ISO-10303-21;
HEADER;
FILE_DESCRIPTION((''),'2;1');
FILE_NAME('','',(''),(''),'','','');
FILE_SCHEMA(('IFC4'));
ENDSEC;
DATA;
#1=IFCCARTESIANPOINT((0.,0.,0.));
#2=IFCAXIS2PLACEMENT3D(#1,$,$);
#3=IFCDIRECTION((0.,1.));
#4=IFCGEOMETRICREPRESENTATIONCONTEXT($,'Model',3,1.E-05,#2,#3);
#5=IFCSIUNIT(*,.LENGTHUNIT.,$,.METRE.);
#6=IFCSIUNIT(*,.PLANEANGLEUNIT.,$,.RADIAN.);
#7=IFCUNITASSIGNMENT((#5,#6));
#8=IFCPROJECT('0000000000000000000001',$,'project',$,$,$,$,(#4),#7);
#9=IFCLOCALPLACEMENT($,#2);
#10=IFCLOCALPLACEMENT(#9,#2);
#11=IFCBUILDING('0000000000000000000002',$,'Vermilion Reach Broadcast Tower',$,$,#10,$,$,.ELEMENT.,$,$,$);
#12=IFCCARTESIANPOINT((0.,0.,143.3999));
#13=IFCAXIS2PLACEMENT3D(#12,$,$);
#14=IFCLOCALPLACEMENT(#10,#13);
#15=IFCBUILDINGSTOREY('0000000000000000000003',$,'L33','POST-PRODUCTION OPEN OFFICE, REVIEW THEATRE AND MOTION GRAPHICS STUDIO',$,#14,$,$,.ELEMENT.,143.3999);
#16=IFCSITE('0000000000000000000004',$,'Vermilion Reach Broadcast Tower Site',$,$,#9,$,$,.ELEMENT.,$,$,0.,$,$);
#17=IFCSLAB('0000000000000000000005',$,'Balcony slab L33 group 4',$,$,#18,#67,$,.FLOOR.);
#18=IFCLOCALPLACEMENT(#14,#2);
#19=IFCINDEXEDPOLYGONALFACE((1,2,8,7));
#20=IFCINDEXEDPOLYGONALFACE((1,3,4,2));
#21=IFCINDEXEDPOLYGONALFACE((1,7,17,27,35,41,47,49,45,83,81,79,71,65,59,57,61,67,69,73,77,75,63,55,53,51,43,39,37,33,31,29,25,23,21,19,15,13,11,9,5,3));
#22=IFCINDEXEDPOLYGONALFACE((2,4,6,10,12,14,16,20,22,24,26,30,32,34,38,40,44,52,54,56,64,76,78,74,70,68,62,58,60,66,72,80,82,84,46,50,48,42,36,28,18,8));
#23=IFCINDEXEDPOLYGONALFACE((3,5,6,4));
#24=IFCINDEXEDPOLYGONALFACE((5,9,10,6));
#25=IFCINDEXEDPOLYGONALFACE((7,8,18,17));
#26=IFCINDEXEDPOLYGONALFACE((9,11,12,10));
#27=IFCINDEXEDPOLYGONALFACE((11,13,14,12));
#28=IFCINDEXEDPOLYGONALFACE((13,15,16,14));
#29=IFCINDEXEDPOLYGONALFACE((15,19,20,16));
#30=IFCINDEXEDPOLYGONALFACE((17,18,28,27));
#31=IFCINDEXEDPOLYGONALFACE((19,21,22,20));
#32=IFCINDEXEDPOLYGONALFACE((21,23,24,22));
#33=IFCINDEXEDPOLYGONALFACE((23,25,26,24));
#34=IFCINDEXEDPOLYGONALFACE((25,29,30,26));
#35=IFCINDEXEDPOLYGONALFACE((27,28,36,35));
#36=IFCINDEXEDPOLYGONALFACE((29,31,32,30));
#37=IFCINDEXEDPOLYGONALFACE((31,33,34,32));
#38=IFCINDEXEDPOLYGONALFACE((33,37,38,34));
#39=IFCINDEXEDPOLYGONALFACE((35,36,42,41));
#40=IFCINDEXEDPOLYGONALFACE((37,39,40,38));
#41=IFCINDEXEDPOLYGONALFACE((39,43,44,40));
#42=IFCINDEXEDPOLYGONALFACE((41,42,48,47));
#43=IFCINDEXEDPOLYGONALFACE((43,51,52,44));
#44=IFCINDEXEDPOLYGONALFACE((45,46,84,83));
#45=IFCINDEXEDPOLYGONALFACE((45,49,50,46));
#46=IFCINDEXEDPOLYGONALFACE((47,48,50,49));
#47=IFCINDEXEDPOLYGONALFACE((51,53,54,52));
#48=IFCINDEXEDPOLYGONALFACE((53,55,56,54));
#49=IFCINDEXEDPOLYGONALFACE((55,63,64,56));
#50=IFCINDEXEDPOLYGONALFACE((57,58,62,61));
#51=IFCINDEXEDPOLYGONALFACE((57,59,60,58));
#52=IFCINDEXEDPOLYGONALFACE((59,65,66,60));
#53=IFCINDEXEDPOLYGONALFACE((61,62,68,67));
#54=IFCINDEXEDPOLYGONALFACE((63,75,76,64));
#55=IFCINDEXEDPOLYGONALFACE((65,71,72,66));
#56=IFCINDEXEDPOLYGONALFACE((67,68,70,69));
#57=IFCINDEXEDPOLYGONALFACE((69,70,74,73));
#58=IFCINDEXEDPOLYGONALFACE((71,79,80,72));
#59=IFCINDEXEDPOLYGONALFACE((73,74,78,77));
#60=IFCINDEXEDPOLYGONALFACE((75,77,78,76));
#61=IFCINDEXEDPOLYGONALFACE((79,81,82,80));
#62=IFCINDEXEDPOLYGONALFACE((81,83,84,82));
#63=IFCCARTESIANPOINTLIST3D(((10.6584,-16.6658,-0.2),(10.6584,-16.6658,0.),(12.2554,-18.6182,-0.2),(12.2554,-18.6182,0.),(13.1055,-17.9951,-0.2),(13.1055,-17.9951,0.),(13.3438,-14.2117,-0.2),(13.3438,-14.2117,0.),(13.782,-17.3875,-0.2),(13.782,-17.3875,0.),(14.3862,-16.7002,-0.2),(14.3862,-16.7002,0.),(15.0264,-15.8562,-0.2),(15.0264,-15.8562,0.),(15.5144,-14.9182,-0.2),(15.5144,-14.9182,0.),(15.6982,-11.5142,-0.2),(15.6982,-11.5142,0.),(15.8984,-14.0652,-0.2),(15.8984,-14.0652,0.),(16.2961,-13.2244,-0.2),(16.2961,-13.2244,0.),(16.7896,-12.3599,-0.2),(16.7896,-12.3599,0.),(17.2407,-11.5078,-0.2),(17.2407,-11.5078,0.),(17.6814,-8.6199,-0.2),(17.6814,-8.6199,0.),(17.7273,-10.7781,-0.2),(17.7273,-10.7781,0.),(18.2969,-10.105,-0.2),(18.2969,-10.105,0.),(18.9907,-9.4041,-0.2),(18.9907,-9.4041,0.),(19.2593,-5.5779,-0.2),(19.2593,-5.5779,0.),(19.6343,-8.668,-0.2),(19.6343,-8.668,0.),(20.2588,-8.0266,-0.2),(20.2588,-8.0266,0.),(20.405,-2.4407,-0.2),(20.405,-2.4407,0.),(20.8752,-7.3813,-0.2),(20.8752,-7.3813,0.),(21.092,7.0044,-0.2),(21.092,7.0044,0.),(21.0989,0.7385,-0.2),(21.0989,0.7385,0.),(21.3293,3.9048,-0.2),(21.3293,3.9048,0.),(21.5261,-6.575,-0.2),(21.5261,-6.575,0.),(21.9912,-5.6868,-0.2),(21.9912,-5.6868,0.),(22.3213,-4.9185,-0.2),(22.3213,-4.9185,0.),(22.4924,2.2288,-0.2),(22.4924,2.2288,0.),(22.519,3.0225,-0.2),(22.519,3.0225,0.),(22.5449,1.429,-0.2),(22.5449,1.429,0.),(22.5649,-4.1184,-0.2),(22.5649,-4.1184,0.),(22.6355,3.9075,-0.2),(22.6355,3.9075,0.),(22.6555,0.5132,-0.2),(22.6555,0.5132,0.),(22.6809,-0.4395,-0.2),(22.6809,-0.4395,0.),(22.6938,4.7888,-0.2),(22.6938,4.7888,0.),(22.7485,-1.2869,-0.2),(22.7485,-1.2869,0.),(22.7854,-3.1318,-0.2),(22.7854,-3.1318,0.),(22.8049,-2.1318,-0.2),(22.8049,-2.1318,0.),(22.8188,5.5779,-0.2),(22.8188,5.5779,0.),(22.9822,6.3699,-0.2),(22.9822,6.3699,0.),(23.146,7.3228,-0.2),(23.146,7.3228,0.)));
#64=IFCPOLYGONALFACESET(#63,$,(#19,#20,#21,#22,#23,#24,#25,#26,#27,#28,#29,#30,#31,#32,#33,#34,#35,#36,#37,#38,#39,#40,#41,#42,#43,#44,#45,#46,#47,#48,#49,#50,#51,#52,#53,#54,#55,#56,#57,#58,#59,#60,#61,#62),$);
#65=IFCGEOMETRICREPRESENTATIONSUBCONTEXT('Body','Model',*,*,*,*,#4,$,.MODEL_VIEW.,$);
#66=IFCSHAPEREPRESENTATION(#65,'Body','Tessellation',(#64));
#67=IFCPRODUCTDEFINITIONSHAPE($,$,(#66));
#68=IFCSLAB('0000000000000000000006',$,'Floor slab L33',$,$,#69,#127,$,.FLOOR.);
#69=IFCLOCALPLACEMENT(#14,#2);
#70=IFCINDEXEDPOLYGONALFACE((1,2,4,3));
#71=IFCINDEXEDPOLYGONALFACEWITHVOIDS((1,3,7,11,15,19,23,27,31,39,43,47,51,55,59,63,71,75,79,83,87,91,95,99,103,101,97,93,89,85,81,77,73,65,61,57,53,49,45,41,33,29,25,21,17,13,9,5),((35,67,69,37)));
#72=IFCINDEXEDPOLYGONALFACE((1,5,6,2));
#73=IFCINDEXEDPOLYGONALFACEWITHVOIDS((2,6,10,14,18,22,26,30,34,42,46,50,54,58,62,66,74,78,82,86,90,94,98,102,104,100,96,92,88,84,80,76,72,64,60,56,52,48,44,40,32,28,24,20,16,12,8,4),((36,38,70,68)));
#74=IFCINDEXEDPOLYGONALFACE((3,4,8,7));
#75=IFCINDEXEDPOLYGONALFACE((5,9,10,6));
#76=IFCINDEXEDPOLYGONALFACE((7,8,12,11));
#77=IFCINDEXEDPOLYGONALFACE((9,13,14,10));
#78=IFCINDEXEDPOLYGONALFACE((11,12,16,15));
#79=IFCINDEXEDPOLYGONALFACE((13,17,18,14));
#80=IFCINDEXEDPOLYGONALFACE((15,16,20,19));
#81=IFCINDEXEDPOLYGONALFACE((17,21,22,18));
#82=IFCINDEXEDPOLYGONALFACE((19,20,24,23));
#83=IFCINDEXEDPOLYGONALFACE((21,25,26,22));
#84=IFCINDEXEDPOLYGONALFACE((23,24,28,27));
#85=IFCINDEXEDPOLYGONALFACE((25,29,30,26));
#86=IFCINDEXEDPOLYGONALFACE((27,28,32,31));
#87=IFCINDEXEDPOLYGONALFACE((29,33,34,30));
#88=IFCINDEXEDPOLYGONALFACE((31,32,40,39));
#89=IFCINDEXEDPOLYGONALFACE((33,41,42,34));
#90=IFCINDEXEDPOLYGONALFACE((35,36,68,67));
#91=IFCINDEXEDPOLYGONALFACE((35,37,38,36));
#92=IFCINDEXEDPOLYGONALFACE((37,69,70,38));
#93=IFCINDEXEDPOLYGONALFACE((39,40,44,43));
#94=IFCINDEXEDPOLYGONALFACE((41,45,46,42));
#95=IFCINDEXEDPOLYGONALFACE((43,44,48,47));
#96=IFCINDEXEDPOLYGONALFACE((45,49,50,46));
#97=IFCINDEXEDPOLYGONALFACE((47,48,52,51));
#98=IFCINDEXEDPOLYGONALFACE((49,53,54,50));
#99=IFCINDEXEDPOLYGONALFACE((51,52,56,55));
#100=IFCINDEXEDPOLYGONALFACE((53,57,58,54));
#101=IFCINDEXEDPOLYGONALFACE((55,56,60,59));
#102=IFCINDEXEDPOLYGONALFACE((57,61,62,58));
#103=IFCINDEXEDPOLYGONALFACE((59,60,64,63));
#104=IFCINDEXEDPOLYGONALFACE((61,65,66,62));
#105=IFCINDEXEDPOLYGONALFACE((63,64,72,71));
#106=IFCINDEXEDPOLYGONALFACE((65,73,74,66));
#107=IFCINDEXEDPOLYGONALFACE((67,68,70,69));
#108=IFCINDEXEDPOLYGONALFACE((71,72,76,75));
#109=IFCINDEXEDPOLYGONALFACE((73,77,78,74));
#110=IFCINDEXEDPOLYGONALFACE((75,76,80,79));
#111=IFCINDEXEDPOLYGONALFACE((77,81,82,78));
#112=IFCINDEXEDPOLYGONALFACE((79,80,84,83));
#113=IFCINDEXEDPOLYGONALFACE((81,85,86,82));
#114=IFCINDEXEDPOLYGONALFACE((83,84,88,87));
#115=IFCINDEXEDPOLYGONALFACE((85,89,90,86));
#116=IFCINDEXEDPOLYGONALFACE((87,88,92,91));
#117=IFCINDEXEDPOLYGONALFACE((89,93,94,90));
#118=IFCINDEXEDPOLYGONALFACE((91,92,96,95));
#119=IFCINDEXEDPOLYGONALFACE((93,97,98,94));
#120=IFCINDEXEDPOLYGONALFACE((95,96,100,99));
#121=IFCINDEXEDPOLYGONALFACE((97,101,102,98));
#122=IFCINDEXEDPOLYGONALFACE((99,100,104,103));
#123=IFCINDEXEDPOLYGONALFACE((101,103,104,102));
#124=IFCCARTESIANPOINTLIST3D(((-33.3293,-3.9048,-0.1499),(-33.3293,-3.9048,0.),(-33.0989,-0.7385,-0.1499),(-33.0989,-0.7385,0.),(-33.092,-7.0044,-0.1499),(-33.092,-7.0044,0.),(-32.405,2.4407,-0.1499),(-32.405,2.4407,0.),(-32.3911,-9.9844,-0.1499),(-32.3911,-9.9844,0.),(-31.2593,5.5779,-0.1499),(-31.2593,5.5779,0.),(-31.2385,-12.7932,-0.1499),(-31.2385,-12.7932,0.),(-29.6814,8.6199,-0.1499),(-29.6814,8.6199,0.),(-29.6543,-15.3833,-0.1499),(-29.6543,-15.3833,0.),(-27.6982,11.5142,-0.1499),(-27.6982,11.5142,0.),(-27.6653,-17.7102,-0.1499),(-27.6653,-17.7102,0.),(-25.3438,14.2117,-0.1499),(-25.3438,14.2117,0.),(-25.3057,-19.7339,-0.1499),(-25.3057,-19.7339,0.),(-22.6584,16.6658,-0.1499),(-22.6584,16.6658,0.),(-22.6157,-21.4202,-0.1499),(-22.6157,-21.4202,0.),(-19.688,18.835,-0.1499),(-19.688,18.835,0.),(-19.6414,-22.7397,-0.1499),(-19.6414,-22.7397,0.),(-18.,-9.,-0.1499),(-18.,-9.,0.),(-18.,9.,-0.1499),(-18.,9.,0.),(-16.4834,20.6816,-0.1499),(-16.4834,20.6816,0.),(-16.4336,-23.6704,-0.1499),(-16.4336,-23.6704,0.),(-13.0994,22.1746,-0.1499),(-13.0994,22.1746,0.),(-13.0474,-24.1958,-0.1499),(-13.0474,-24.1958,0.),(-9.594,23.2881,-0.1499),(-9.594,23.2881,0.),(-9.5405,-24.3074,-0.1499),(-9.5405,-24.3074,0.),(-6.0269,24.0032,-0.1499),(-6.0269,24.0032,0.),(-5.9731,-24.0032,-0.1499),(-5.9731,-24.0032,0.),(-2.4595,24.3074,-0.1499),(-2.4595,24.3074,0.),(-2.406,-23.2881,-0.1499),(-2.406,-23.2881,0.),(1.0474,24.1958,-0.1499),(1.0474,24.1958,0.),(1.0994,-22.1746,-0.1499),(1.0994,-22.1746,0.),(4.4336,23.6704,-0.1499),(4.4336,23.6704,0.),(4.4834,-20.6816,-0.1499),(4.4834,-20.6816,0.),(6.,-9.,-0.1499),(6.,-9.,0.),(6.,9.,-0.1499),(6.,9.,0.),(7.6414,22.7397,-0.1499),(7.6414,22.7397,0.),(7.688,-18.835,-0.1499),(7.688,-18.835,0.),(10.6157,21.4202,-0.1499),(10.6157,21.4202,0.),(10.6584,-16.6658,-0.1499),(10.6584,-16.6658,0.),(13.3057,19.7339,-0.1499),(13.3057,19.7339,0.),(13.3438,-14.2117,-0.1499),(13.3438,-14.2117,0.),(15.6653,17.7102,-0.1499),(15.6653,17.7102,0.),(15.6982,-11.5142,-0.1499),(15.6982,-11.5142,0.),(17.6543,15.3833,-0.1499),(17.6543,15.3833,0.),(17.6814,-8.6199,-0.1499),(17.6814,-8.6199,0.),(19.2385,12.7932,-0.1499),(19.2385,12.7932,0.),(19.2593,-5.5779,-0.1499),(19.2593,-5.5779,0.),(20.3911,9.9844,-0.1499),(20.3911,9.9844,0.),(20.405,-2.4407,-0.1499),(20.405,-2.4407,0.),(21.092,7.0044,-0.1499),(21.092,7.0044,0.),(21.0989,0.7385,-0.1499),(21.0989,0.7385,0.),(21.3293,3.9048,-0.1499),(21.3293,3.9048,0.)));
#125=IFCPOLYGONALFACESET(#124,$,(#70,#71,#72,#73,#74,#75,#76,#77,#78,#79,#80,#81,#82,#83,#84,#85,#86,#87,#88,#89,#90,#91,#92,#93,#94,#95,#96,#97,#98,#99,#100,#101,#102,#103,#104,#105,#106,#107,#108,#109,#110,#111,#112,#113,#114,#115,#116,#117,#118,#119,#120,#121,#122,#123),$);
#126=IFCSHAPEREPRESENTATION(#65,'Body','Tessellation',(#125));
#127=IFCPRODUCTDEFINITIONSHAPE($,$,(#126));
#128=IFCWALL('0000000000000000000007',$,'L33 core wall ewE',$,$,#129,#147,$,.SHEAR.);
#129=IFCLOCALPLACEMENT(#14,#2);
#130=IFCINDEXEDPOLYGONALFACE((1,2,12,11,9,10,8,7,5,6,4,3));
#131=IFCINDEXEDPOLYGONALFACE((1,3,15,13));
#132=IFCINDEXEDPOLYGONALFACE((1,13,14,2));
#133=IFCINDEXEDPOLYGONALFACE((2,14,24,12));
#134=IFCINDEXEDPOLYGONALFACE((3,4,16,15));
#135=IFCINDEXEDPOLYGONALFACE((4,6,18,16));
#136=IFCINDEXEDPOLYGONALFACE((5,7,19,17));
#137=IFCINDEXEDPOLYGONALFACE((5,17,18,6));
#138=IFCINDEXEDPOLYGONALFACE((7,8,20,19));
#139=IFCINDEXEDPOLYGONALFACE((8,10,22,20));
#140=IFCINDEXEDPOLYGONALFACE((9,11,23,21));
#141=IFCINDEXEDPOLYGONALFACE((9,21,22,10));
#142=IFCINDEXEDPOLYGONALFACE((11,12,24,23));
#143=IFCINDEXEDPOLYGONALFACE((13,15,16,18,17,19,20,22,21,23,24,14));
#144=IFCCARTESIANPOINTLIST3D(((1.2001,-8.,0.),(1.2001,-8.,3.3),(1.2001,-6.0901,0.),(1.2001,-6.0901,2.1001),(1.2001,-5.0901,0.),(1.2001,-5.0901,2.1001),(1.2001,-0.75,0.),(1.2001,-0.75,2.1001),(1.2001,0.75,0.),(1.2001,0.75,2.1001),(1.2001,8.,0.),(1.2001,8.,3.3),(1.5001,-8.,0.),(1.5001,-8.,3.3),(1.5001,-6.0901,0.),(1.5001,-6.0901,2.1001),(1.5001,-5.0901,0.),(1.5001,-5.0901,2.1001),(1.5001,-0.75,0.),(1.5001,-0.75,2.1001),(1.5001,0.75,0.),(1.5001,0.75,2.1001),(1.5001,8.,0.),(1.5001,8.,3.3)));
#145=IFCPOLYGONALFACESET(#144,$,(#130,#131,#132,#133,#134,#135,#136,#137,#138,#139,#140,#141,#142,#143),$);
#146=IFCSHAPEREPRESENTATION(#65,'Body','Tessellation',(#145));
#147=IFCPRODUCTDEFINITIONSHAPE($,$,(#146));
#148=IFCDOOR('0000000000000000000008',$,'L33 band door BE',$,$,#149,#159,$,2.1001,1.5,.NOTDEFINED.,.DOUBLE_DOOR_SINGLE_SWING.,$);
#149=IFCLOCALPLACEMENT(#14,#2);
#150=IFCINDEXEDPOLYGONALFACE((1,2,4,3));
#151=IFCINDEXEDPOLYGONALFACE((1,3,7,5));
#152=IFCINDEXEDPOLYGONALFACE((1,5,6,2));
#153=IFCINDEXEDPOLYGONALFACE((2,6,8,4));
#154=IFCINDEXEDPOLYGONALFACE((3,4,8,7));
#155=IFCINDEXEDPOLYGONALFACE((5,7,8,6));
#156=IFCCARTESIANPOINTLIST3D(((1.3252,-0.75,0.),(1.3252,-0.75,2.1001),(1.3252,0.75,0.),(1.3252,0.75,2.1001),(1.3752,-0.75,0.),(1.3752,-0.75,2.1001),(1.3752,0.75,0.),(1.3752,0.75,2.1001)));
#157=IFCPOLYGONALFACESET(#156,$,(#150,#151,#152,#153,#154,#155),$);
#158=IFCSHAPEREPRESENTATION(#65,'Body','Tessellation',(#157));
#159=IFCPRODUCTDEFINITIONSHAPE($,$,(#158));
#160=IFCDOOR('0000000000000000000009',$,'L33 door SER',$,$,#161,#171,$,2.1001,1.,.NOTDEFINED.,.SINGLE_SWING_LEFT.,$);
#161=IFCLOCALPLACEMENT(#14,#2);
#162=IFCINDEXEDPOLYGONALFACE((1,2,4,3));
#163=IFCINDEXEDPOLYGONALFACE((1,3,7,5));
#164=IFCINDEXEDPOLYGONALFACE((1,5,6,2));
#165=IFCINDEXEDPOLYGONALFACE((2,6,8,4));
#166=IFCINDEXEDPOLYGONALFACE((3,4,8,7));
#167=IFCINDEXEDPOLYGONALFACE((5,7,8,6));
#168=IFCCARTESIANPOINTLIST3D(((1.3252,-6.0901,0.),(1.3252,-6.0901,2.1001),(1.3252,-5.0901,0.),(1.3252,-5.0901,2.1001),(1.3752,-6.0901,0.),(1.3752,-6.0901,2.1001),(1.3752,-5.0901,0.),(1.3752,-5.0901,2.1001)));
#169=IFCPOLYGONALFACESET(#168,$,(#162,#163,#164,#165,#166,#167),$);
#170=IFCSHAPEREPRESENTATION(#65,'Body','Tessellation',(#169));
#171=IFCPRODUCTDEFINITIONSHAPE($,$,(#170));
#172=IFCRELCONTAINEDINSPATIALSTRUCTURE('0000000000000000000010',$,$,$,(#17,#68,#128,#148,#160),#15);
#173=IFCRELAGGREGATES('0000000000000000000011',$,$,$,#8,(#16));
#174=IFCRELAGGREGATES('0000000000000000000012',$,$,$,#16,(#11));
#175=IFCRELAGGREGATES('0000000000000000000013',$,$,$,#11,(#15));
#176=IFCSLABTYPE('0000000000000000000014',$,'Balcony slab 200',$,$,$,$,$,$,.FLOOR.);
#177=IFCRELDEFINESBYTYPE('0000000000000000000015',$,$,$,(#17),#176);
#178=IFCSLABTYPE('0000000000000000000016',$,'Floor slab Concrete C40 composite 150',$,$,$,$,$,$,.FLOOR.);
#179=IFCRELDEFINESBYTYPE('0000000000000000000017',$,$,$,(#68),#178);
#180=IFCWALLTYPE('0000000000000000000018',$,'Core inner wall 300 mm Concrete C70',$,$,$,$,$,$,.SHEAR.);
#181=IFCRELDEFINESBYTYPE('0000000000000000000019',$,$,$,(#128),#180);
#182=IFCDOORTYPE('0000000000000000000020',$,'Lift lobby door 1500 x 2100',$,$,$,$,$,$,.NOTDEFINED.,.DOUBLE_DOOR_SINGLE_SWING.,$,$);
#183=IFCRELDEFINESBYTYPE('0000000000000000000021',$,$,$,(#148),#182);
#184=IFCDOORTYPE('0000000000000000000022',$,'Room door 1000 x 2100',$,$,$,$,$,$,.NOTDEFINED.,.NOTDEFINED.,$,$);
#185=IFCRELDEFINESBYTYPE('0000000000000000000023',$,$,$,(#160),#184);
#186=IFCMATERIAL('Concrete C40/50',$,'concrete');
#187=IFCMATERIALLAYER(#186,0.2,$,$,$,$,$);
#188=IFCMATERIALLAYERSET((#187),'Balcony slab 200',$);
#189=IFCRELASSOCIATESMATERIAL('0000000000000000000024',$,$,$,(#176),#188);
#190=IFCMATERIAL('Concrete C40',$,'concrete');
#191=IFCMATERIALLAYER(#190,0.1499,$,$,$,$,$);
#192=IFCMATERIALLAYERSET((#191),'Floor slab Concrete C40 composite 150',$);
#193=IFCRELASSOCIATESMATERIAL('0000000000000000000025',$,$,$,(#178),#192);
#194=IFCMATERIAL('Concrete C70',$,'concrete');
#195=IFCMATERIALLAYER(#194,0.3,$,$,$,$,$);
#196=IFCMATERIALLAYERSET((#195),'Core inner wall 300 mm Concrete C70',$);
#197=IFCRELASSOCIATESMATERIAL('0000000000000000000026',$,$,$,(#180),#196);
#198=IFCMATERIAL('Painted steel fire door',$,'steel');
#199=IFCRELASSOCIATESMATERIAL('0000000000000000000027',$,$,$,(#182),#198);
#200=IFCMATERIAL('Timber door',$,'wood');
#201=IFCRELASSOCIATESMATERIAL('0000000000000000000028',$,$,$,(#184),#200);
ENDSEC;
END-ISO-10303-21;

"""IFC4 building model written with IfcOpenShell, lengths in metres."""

from ifc_helpers import new_model, si_unit, direction, frame, frame_2d, origin, place, context, subcontext, project, spatial, polyline, rectangle, outline, extrude, material, layer, layer_set, type_object, element, fill, save


model = new_model("IFC4")

# Units and contexts
model_context = context("Model", 3, precision=1e-05, world=origin(), true_north=direction((0.0, 1.0)))
body_context = subcontext(model_context, "Body", "Model", "MODEL_VIEW")
ifc_project = project(units=[si_unit("LENGTHUNIT", "METRE"), si_unit("PLANEANGLEUNIT", "RADIAN")], contexts=[model_context])

# Site, building, storey
site_placement = place(None, origin())
site = spatial("IfcSite", under=ifc_project, at=site_placement, Name="Vermilion Reach Broadcast Tower Site", CompositionType="ELEMENT", RefElevation=0.0)
building_placement = place(site_placement, origin())
building = spatial("IfcBuilding", under=site, at=building_placement, Name="Vermilion Reach Broadcast Tower", CompositionType="ELEMENT")
storey_placement = place(building_placement, frame((0.0, 0.0, 143.3999)))
storey = spatial("IfcBuildingStorey", under=building, at=storey_placement, Name="L33", Description="POST-PRODUCTION OPEN OFFICE, REVIEW THEATRE AND MOTION GRAPHICS STUDIO", CompositionType="ELEMENT", Elevation=143.3999)

# Slabs
ifc_material_1 = material(Name="Concrete C40/50", Category="concrete")
ifc_layer_1 = layer(ifc_material_1, 0.2)
ifc_layer_set_1 = layer_set([ifc_layer_1], Name="Balcony slab 200")
slab_type_1 = type_object("IfcSlabType", Name="Balcony slab 200", PredefinedType="FLOOR", material=ifc_layer_set_1)
placement_1 = place(storey_placement, frame((0.0, 0.0, -0.2)))
element("IfcSlab", 1, at=placement_1, inside=storey, type_object=slab_type_1, Name="Balcony slab L33 group 4", PredefinedType="FLOOR", context=body_context, shape_type="SweptSolid", body=[
    extrude(outline(polyline([(10.6584, -16.6658), (13.3438, -14.2117), (15.6982, -11.5142), (17.6814, -8.6199), (19.2593, -5.5779), (20.405, -2.4407), (21.0989, 0.7385), (21.3293, 3.9048), (21.092, 7.0044), (23.146, 7.3228), (22.9822, 6.3699), (22.8188, 5.5779), (22.6938, 4.7888), (22.6355, 3.9075), (22.519, 3.0225), (22.4924, 2.2288), (22.5449, 1.429), (22.6555, 0.5132), (22.6809, -0.4395), (22.7485, -1.2869), (22.8049, -2.1318), (22.7854, -3.1318), (22.5649, -4.1184), (22.3213, -4.9185), (21.9912, -5.6868), (21.5261, -6.575), (20.8752, -7.3813), (20.2588, -8.0266), (19.6343, -8.668), (18.9907, -9.4041), (18.2969, -10.105), (17.7273, -10.7781), (17.2407, -11.5078), (16.7896, -12.3599), (16.2961, -13.2244), (15.8984, -14.0652), (15.5144, -14.9182), (15.0264, -15.8562), (14.3862, -16.7002), (13.782, -17.3875), (13.1055, -17.9951), (12.2554, -18.6182), (10.6584, -16.6658)])), origin(), (0.0, 0.0, 1.0), 0.2),
])
ifc_material_2 = material(Name="Concrete C40", Category="concrete")
ifc_layer_2 = layer(ifc_material_2, 0.1499)
ifc_layer_set_2 = layer_set([ifc_layer_2], Name="Floor slab Concrete C40 composite 150")
slab_type_2 = type_object("IfcSlabType", Name="Floor slab Concrete C40 composite 150", PredefinedType="FLOOR", material=ifc_layer_set_2)
slab_1_placement = place(storey_placement, frame((0.0, 0.0, -0.1499)))
element("IfcSlab", 2, at=slab_1_placement, inside=storey, type_object=slab_type_2, Name="Floor slab L33", PredefinedType="FLOOR", context=body_context, shape_type="SweptSolid", body=[
    extrude(outline(polyline([(19.2385, 12.7932), (17.6543, 15.3833), (15.6653, 17.7102), (13.3057, 19.7339), (10.6157, 21.4202), (7.6414, 22.7397), (4.4336, 23.6704), (1.0474, 24.1958), (-2.4595, 24.3074), (-6.0269, 24.0032), (-9.594, 23.2881), (-13.0994, 22.1746), (-16.4834, 20.6816), (-19.688, 18.835), (-22.6584, 16.6658), (-25.3438, 14.2117), (-27.6982, 11.5142), (-29.6814, 8.6199), (-31.2593, 5.5779), (-32.405, 2.4407), (-33.0989, -0.7385), (-33.3293, -3.9048), (-33.092, -7.0044), (-32.3911, -9.9844), (-31.2385, -12.7932), (-29.6543, -15.3833), (-27.6653, -17.7102), (-25.3057, -19.7339), (-22.6157, -21.4202), (-19.6414, -22.7397), (-16.4336, -23.6704), (-13.0474, -24.1958), (-9.5405, -24.3074), (-5.9731, -24.0032), (-2.406, -23.2881), (1.0994, -22.1746), (4.4834, -20.6816), (7.688, -18.835), (10.6584, -16.6658), (13.3438, -14.2117), (15.6982, -11.5142), (17.6814, -8.6199), (19.2593, -5.5779), (20.405, -2.4407), (21.0989, 0.7385), (21.3293, 3.9048), (21.092, 7.0044), (20.3911, 9.9844), (19.2385, 12.7932)]), holes=[polyline([(-18.0, -9.0), (6.0, -9.0), (6.0, 9.0), (-18.0, 9.0), (-18.0, -9.0)])]), origin(), (0.0, 0.0, 1.0), 0.1499),
])

# Wall, openings, doors
ifc_material_3 = material(Name="Concrete C70", Category="concrete")
ifc_layer_3 = layer(ifc_material_3, 0.3)
ifc_layer_set_3 = layer_set([ifc_layer_3], Name="Core inner wall 300 mm Concrete C70")
wall_type_1 = type_object("IfcWallType", Name="Core inner wall 300 mm Concrete C70", PredefinedType="SHEAR", material=ifc_layer_set_3)
wall_1_placement = place(storey_placement, frame((1.3501, -8.0, 0.0), z_axis=(0.0, 0.0, 1.0), x_axis=(0.0, 1.0, 0.0)))
wall_1 = element("IfcWall", 3, at=wall_1_placement, inside=storey, type_object=wall_type_1, Name="L33 core wall ewE", PredefinedType="SHEAR", context=body_context, shape_type="SweptSolid", body=[
    extrude(rectangle(XDim=16.0, YDim=0.3, at=frame_2d((8.0, 0.0))), origin(), (0.0, 0.0, 1.0), 3.3),
])
opening_1_placement = place(wall_1_placement, frame((1.9099, 0.0, 0.0)))
opening_1 = element("IfcOpeningElement", 4, at=opening_1_placement, cuts=wall_1, PredefinedType="OPENING", context=body_context, shape_type="SweptSolid", body=[
    extrude(rectangle(XDim=1.0, YDim=2.1001, at=frame_2d((0.5, 1.05))), frame((0.0, 0.1599, 0.0), z_axis=(0.0, -1.0, 0.0), x_axis=(1.0, 0.0, 0.0)), (0.0, 0.0, 1.0), 0.3201),
])
opening_2_placement = place(wall_1_placement, frame((7.25, 0.0, 0.0)))
opening_2 = element("IfcOpeningElement", 5, at=opening_2_placement, cuts=wall_1, PredefinedType="OPENING", context=body_context, shape_type="SweptSolid", body=[
    extrude(rectangle(XDim=1.5, YDim=2.1001, at=frame_2d((0.75, 1.05))), frame((0.0, 0.1599, 0.0), z_axis=(0.0, -1.0, 0.0), x_axis=(1.0, 0.0, 0.0)), (0.0, 0.0, 1.0), 0.3201),
])
ifc_material_4 = material(Name="Painted steel fire door", Category="steel")
door_type_1 = type_object("IfcDoorType", Name="Lift lobby door 1500 x 2100", OperationType="DOUBLE_DOOR_SINGLE_SWING", PredefinedType="NOTDEFINED", material=ifc_material_4)
door_1_placement = place(opening_2_placement, origin())
door_1 = element("IfcDoor", 6, at=door_1_placement, inside=storey, type_object=door_type_1, Name="L33 band door BE", OperationType="DOUBLE_DOOR_SINGLE_SWING", OverallHeight=2.1001, OverallWidth=1.5, PredefinedType="NOTDEFINED", context=body_context, shape_type="SweptSolid", body=[
    extrude(rectangle(XDim=1.5, YDim=2.1001, at=frame_2d((0.75, 1.05))), frame((0.0, 0.0249, 0.0), z_axis=(0.0, -1.0, 0.0), x_axis=(1.0, 0.0, 0.0)), (0.0, 0.0, 1.0), 0.05),
])
fill(opening_2, door_1)
ifc_material_5 = material(Name="Timber door", Category="wood")
door_type_2 = type_object("IfcDoorType", Name="Room door 1000 x 2100", OperationType="NOTDEFINED", PredefinedType="NOTDEFINED", material=ifc_material_5)
door_2_placement = place(opening_1_placement, origin())
door_2 = element("IfcDoor", 7, at=door_2_placement, inside=storey, type_object=door_type_2, Name="L33 door SER", OperationType="SINGLE_SWING_LEFT", OverallHeight=2.1001, OverallWidth=1.0, PredefinedType="NOTDEFINED", context=body_context, shape_type="SweptSolid", body=[
    extrude(rectangle(XDim=1.0, YDim=2.1001, at=frame_2d((0.5, 1.05))), frame((0.0, 0.0249, 0.0), z_axis=(0.0, -1.0, 0.0), x_axis=(1.0, 0.0, 0.0)), (0.0, 0.0, 1.0), 0.05),
])
fill(opening_1, door_2)

save(model, "model.ifc")
